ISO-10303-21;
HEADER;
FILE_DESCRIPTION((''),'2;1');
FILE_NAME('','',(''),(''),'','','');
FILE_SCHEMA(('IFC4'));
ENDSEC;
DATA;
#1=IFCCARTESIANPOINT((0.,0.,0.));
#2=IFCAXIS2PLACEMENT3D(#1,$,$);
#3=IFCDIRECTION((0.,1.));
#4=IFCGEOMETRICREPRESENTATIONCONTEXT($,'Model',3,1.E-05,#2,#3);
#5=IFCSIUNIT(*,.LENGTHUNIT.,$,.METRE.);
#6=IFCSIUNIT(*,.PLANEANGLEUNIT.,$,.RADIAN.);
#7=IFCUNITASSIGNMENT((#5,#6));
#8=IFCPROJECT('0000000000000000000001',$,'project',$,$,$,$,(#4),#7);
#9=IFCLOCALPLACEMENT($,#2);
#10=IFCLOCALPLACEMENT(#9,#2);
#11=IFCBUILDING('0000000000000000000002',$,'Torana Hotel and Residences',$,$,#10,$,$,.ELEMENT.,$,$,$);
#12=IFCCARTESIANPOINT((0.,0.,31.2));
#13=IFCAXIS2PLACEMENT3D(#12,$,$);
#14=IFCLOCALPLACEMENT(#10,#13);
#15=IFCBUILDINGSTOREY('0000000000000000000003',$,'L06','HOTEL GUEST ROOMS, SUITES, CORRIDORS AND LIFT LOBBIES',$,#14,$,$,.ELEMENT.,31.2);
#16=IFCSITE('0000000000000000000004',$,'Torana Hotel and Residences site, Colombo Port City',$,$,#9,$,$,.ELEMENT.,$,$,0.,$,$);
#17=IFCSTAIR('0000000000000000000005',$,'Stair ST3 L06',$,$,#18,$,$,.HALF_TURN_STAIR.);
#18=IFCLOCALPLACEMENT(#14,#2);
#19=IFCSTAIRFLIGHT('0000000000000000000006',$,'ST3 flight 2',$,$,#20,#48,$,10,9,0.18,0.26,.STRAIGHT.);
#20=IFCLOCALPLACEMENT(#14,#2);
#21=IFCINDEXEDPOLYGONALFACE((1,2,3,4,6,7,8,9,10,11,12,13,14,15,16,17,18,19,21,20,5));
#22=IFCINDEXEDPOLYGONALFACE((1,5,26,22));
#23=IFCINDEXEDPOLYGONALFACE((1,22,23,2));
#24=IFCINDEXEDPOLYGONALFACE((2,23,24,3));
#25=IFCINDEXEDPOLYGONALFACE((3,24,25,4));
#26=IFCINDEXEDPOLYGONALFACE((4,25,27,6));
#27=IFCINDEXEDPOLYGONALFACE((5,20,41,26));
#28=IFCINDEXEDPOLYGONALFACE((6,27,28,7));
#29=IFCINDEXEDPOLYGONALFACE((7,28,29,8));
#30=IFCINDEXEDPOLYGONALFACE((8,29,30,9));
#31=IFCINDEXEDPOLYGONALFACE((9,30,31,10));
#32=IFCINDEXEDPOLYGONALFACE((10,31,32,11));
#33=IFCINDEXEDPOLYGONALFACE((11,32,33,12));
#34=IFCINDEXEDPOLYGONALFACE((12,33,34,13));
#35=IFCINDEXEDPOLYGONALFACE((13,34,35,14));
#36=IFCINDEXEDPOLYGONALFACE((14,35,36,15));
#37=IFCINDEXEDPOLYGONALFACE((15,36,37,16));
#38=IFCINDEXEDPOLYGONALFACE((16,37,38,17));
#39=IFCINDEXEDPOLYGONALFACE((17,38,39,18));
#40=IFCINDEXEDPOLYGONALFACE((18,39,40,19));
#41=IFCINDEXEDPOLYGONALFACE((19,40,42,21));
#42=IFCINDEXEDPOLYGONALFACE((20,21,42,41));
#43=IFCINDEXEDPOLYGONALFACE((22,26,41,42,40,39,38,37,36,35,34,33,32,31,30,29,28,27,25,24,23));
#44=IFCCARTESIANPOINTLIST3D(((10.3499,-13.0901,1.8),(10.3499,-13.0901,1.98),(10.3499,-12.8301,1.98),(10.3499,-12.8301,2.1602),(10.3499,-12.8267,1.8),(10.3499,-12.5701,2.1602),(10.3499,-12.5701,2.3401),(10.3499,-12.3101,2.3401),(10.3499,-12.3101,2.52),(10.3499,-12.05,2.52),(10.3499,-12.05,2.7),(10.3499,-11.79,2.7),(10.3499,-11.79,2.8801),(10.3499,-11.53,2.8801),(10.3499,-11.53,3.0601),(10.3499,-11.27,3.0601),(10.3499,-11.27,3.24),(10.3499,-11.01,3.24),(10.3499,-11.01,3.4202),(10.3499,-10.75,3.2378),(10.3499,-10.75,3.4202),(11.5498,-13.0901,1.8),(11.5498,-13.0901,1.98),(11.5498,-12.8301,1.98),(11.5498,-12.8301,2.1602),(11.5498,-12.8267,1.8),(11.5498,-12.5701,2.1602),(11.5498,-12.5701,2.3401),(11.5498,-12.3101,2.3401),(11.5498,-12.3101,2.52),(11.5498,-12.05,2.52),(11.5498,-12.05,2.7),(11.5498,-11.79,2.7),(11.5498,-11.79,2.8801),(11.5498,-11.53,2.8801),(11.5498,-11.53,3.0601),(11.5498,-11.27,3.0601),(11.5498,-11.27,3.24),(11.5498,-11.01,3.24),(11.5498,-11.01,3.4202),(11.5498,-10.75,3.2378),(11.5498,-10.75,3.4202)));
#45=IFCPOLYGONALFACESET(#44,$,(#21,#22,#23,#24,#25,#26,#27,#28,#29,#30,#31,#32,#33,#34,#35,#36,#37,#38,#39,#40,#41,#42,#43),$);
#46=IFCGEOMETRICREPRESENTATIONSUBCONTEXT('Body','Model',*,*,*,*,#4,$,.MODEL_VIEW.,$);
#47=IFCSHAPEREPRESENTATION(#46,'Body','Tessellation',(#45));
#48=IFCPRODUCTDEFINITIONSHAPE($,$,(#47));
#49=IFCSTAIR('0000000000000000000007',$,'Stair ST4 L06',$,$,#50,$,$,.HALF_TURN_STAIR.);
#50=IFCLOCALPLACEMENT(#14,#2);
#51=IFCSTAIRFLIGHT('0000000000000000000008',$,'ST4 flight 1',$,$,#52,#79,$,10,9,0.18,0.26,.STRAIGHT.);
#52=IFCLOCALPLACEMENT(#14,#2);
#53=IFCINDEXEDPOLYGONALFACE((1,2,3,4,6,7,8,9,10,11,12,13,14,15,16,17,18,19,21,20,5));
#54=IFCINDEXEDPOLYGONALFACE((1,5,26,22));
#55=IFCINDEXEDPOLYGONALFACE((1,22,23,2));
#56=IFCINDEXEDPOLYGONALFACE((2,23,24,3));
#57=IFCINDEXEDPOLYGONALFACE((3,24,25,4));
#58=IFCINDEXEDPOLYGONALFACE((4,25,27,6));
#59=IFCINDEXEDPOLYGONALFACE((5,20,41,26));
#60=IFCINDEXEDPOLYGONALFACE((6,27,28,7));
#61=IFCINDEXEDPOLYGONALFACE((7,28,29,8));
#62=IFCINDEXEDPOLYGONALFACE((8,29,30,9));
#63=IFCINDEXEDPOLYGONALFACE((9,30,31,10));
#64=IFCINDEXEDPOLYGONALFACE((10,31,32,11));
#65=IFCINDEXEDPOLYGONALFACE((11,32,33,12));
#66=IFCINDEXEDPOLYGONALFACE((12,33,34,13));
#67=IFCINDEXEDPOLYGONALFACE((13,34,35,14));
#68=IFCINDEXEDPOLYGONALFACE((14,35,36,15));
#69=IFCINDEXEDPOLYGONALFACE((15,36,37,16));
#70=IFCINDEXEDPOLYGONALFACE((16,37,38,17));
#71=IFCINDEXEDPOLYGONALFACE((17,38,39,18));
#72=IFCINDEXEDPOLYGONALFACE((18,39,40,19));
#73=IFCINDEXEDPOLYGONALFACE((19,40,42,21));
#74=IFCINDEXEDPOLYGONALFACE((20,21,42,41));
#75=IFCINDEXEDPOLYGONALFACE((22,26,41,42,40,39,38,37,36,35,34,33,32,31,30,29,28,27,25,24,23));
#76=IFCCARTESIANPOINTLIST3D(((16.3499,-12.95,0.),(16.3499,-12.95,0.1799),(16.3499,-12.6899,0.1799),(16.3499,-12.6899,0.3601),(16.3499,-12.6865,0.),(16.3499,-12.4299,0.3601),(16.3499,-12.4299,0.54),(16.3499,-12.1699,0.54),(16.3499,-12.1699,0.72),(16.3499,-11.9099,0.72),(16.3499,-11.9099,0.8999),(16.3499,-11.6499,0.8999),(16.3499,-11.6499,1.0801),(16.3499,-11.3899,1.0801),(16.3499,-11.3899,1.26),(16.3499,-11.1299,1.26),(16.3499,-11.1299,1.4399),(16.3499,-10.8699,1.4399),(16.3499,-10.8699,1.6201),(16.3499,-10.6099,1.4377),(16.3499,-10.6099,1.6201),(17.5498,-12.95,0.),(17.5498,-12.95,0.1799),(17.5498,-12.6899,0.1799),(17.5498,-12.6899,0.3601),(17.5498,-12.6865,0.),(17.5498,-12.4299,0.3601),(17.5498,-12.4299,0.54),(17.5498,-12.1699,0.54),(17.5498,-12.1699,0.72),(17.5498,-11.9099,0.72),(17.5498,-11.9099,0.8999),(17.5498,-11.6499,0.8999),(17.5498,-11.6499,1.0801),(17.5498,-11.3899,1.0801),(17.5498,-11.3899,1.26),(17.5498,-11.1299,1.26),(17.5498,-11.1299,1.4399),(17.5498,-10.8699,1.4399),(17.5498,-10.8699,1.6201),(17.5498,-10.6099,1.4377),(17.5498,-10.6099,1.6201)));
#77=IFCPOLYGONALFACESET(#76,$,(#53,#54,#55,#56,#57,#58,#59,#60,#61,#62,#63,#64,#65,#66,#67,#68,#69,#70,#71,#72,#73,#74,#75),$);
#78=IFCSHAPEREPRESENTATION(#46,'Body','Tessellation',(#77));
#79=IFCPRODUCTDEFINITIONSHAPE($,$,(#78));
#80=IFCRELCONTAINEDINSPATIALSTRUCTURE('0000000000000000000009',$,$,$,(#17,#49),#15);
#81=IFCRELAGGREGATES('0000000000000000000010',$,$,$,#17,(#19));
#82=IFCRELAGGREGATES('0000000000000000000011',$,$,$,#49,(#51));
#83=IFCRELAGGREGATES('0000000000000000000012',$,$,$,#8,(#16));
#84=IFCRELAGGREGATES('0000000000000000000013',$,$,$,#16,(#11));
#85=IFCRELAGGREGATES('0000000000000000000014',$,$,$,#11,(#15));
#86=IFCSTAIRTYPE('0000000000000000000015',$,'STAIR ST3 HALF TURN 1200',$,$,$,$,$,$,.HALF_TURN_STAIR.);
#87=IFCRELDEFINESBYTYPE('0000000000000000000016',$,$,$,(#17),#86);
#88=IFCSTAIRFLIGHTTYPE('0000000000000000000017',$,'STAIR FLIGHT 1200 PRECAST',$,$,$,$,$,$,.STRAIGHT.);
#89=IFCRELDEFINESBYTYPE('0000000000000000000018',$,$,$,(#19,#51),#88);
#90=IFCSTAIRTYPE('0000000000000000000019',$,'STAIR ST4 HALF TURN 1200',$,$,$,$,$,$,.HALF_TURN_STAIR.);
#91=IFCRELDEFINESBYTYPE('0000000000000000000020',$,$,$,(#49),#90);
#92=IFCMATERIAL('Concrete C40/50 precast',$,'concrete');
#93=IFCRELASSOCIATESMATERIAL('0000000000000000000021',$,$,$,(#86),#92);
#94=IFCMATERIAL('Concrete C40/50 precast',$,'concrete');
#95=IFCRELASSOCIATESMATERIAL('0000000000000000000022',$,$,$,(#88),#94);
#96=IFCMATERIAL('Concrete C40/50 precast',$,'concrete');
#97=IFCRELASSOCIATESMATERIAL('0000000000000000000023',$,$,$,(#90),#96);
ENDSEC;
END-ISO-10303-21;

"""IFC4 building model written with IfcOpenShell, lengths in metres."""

from ifc_helpers import new_model, si_unit, direction, frame, origin, place, context, subcontext, project, spatial, polyline, outline, extrude, material, type_object, element, aggregate, save


model = new_model("IFC4")

# Units and contexts
model_context = context("Model", 3, precision=1e-05, world=origin(), true_north=direction((0.0, 1.0)))
body_context = subcontext(model_context, "Body", "Model", "MODEL_VIEW")
ifc_project = project(units=[si_unit("LENGTHUNIT", "METRE"), si_unit("PLANEANGLEUNIT", "RADIAN")], contexts=[model_context])

# Site, building, storey
site_placement = place(None, origin())
site = spatial("IfcSite", under=ifc_project, at=site_placement, Name="Torana Hotel and Residences site, Colombo Port City", CompositionType="ELEMENT", RefElevation=0.0)
building_placement = place(site_placement, origin())
building = spatial("IfcBuilding", under=site, at=building_placement, Name="Torana Hotel and Residences", CompositionType="ELEMENT")
storey_placement = place(building_placement, frame((0.0, 0.0, 31.2)))
storey = spatial("IfcBuildingStorey", under=building, at=storey_placement, Name="L06", Description="HOTEL GUEST ROOMS, SUITES, CORRIDORS AND LIFT LOBBIES", CompositionType="ELEMENT", Elevation=31.2)

# Stairs, stair flights
ifc_material_1 = material(Name="Concrete C40/50 precast", Category="concrete")
stair_type_1 = type_object("IfcStairType", Name="STAIR ST3 HALF TURN 1200", PredefinedType="HALF_TURN_STAIR", material=ifc_material_1)
stair_1_placement = place(storey_placement, origin())
stair_1 = element("IfcStair", 1, at=stair_1_placement, inside=storey, type_object=stair_type_1, Name="Stair ST3 L06", PredefinedType="HALF_TURN_STAIR")
ifc_material_2 = material(Name="Concrete C40/50 precast", Category="concrete")
stair_flight_type = type_object("IfcStairFlightType", Name="STAIR FLIGHT 1200 PRECAST", PredefinedType="STRAIGHT", material=ifc_material_2)
stair_flight_1_placement = place(storey_placement, frame((10.95, -13.0901, 1.8), z_axis=(0.0, 0.0, 1.0), x_axis=(0.0, 1.0, 0.0)))
stair_flight_1 = element("IfcStairFlight", 2, at=stair_flight_1_placement, type_object=stair_flight_type, Name="ST3 flight 2", NumberOfRisers=10, NumberOfTreads=9, PredefinedType="STRAIGHT", RiserHeight=0.18, TreadLength=0.26, context=body_context, shape_type="SweptSolid", body=[
    extrude(outline(polyline([(0.0, 0.0), (0.0, 0.1799), (0.26, 0.1799), (0.26, 0.3601), (0.52, 0.3601), (0.52, 0.54), (0.78, 0.54), (0.78, 0.72), (1.04, 0.72), (1.04, 0.8999), (1.3, 0.8999), (1.3, 1.0801), (1.5601, 1.0801), (1.5601, 1.26), (1.8201, 1.26), (1.8201, 1.4399), (2.0801, 1.4399), (2.0801, 1.6201), (2.3401, 1.6201), (2.3401, 1.8), (2.3401, 1.4377), (0.2634, 0.0), (0.0, 0.0)])), frame((0.0, 0.6001, 0.0), z_axis=(0.0, -1.0, 0.0), x_axis=(1.0, 0.0, 0.0)), (0.0, 0.0, 1.0), 1.2),
])
aggregate(stair_1, [stair_flight_1])
ifc_material_3 = material(Name="Concrete C40/50 precast", Category="concrete")
stair_type_2 = type_object("IfcStairType", Name="STAIR ST4 HALF TURN 1200", PredefinedType="HALF_TURN_STAIR", material=ifc_material_3)
stair_2_placement = place(storey_placement, origin())
stair_2 = element("IfcStair", 3, at=stair_2_placement, inside=storey, type_object=stair_type_2, Name="Stair ST4 L06", PredefinedType="HALF_TURN_STAIR")
stair_flight_2_placement = place(storey_placement, frame((16.95, -12.95, 0.0), z_axis=(0.0, 0.0, 1.0), x_axis=(0.0, 1.0, 0.0)))
stair_flight_2 = element("IfcStairFlight", 4, at=stair_flight_2_placement, type_object=stair_flight_type, Name="ST4 flight 1", NumberOfRisers=10, NumberOfTreads=9, PredefinedType="STRAIGHT", RiserHeight=0.18, TreadLength=0.26, context=body_context, shape_type="SweptSolid", body=[
    extrude(outline(polyline([(0.0, 0.0), (0.0, 0.1799), (0.26, 0.1799), (0.26, 0.3601), (0.52, 0.3601), (0.52, 0.54), (0.78, 0.54), (0.78, 0.72), (1.04, 0.72), (1.04, 0.8999), (1.3, 0.8999), (1.3, 1.0801), (1.5601, 1.0801), (1.5601, 1.26), (1.8201, 1.26), (1.8201, 1.4399), (2.0801, 1.4399), (2.0801, 1.6201), (2.3401, 1.6201), (2.3401, 1.8), (2.3401, 1.4377), (0.2634, 0.0), (0.0, 0.0)])), frame((0.0, 0.6001, 0.0), z_axis=(0.0, -1.0, 0.0), x_axis=(1.0, 0.0, 0.0)), (0.0, 0.0, 1.0), 1.2),
])
aggregate(stair_2, [stair_flight_2])

save(model, "model.ifc")
